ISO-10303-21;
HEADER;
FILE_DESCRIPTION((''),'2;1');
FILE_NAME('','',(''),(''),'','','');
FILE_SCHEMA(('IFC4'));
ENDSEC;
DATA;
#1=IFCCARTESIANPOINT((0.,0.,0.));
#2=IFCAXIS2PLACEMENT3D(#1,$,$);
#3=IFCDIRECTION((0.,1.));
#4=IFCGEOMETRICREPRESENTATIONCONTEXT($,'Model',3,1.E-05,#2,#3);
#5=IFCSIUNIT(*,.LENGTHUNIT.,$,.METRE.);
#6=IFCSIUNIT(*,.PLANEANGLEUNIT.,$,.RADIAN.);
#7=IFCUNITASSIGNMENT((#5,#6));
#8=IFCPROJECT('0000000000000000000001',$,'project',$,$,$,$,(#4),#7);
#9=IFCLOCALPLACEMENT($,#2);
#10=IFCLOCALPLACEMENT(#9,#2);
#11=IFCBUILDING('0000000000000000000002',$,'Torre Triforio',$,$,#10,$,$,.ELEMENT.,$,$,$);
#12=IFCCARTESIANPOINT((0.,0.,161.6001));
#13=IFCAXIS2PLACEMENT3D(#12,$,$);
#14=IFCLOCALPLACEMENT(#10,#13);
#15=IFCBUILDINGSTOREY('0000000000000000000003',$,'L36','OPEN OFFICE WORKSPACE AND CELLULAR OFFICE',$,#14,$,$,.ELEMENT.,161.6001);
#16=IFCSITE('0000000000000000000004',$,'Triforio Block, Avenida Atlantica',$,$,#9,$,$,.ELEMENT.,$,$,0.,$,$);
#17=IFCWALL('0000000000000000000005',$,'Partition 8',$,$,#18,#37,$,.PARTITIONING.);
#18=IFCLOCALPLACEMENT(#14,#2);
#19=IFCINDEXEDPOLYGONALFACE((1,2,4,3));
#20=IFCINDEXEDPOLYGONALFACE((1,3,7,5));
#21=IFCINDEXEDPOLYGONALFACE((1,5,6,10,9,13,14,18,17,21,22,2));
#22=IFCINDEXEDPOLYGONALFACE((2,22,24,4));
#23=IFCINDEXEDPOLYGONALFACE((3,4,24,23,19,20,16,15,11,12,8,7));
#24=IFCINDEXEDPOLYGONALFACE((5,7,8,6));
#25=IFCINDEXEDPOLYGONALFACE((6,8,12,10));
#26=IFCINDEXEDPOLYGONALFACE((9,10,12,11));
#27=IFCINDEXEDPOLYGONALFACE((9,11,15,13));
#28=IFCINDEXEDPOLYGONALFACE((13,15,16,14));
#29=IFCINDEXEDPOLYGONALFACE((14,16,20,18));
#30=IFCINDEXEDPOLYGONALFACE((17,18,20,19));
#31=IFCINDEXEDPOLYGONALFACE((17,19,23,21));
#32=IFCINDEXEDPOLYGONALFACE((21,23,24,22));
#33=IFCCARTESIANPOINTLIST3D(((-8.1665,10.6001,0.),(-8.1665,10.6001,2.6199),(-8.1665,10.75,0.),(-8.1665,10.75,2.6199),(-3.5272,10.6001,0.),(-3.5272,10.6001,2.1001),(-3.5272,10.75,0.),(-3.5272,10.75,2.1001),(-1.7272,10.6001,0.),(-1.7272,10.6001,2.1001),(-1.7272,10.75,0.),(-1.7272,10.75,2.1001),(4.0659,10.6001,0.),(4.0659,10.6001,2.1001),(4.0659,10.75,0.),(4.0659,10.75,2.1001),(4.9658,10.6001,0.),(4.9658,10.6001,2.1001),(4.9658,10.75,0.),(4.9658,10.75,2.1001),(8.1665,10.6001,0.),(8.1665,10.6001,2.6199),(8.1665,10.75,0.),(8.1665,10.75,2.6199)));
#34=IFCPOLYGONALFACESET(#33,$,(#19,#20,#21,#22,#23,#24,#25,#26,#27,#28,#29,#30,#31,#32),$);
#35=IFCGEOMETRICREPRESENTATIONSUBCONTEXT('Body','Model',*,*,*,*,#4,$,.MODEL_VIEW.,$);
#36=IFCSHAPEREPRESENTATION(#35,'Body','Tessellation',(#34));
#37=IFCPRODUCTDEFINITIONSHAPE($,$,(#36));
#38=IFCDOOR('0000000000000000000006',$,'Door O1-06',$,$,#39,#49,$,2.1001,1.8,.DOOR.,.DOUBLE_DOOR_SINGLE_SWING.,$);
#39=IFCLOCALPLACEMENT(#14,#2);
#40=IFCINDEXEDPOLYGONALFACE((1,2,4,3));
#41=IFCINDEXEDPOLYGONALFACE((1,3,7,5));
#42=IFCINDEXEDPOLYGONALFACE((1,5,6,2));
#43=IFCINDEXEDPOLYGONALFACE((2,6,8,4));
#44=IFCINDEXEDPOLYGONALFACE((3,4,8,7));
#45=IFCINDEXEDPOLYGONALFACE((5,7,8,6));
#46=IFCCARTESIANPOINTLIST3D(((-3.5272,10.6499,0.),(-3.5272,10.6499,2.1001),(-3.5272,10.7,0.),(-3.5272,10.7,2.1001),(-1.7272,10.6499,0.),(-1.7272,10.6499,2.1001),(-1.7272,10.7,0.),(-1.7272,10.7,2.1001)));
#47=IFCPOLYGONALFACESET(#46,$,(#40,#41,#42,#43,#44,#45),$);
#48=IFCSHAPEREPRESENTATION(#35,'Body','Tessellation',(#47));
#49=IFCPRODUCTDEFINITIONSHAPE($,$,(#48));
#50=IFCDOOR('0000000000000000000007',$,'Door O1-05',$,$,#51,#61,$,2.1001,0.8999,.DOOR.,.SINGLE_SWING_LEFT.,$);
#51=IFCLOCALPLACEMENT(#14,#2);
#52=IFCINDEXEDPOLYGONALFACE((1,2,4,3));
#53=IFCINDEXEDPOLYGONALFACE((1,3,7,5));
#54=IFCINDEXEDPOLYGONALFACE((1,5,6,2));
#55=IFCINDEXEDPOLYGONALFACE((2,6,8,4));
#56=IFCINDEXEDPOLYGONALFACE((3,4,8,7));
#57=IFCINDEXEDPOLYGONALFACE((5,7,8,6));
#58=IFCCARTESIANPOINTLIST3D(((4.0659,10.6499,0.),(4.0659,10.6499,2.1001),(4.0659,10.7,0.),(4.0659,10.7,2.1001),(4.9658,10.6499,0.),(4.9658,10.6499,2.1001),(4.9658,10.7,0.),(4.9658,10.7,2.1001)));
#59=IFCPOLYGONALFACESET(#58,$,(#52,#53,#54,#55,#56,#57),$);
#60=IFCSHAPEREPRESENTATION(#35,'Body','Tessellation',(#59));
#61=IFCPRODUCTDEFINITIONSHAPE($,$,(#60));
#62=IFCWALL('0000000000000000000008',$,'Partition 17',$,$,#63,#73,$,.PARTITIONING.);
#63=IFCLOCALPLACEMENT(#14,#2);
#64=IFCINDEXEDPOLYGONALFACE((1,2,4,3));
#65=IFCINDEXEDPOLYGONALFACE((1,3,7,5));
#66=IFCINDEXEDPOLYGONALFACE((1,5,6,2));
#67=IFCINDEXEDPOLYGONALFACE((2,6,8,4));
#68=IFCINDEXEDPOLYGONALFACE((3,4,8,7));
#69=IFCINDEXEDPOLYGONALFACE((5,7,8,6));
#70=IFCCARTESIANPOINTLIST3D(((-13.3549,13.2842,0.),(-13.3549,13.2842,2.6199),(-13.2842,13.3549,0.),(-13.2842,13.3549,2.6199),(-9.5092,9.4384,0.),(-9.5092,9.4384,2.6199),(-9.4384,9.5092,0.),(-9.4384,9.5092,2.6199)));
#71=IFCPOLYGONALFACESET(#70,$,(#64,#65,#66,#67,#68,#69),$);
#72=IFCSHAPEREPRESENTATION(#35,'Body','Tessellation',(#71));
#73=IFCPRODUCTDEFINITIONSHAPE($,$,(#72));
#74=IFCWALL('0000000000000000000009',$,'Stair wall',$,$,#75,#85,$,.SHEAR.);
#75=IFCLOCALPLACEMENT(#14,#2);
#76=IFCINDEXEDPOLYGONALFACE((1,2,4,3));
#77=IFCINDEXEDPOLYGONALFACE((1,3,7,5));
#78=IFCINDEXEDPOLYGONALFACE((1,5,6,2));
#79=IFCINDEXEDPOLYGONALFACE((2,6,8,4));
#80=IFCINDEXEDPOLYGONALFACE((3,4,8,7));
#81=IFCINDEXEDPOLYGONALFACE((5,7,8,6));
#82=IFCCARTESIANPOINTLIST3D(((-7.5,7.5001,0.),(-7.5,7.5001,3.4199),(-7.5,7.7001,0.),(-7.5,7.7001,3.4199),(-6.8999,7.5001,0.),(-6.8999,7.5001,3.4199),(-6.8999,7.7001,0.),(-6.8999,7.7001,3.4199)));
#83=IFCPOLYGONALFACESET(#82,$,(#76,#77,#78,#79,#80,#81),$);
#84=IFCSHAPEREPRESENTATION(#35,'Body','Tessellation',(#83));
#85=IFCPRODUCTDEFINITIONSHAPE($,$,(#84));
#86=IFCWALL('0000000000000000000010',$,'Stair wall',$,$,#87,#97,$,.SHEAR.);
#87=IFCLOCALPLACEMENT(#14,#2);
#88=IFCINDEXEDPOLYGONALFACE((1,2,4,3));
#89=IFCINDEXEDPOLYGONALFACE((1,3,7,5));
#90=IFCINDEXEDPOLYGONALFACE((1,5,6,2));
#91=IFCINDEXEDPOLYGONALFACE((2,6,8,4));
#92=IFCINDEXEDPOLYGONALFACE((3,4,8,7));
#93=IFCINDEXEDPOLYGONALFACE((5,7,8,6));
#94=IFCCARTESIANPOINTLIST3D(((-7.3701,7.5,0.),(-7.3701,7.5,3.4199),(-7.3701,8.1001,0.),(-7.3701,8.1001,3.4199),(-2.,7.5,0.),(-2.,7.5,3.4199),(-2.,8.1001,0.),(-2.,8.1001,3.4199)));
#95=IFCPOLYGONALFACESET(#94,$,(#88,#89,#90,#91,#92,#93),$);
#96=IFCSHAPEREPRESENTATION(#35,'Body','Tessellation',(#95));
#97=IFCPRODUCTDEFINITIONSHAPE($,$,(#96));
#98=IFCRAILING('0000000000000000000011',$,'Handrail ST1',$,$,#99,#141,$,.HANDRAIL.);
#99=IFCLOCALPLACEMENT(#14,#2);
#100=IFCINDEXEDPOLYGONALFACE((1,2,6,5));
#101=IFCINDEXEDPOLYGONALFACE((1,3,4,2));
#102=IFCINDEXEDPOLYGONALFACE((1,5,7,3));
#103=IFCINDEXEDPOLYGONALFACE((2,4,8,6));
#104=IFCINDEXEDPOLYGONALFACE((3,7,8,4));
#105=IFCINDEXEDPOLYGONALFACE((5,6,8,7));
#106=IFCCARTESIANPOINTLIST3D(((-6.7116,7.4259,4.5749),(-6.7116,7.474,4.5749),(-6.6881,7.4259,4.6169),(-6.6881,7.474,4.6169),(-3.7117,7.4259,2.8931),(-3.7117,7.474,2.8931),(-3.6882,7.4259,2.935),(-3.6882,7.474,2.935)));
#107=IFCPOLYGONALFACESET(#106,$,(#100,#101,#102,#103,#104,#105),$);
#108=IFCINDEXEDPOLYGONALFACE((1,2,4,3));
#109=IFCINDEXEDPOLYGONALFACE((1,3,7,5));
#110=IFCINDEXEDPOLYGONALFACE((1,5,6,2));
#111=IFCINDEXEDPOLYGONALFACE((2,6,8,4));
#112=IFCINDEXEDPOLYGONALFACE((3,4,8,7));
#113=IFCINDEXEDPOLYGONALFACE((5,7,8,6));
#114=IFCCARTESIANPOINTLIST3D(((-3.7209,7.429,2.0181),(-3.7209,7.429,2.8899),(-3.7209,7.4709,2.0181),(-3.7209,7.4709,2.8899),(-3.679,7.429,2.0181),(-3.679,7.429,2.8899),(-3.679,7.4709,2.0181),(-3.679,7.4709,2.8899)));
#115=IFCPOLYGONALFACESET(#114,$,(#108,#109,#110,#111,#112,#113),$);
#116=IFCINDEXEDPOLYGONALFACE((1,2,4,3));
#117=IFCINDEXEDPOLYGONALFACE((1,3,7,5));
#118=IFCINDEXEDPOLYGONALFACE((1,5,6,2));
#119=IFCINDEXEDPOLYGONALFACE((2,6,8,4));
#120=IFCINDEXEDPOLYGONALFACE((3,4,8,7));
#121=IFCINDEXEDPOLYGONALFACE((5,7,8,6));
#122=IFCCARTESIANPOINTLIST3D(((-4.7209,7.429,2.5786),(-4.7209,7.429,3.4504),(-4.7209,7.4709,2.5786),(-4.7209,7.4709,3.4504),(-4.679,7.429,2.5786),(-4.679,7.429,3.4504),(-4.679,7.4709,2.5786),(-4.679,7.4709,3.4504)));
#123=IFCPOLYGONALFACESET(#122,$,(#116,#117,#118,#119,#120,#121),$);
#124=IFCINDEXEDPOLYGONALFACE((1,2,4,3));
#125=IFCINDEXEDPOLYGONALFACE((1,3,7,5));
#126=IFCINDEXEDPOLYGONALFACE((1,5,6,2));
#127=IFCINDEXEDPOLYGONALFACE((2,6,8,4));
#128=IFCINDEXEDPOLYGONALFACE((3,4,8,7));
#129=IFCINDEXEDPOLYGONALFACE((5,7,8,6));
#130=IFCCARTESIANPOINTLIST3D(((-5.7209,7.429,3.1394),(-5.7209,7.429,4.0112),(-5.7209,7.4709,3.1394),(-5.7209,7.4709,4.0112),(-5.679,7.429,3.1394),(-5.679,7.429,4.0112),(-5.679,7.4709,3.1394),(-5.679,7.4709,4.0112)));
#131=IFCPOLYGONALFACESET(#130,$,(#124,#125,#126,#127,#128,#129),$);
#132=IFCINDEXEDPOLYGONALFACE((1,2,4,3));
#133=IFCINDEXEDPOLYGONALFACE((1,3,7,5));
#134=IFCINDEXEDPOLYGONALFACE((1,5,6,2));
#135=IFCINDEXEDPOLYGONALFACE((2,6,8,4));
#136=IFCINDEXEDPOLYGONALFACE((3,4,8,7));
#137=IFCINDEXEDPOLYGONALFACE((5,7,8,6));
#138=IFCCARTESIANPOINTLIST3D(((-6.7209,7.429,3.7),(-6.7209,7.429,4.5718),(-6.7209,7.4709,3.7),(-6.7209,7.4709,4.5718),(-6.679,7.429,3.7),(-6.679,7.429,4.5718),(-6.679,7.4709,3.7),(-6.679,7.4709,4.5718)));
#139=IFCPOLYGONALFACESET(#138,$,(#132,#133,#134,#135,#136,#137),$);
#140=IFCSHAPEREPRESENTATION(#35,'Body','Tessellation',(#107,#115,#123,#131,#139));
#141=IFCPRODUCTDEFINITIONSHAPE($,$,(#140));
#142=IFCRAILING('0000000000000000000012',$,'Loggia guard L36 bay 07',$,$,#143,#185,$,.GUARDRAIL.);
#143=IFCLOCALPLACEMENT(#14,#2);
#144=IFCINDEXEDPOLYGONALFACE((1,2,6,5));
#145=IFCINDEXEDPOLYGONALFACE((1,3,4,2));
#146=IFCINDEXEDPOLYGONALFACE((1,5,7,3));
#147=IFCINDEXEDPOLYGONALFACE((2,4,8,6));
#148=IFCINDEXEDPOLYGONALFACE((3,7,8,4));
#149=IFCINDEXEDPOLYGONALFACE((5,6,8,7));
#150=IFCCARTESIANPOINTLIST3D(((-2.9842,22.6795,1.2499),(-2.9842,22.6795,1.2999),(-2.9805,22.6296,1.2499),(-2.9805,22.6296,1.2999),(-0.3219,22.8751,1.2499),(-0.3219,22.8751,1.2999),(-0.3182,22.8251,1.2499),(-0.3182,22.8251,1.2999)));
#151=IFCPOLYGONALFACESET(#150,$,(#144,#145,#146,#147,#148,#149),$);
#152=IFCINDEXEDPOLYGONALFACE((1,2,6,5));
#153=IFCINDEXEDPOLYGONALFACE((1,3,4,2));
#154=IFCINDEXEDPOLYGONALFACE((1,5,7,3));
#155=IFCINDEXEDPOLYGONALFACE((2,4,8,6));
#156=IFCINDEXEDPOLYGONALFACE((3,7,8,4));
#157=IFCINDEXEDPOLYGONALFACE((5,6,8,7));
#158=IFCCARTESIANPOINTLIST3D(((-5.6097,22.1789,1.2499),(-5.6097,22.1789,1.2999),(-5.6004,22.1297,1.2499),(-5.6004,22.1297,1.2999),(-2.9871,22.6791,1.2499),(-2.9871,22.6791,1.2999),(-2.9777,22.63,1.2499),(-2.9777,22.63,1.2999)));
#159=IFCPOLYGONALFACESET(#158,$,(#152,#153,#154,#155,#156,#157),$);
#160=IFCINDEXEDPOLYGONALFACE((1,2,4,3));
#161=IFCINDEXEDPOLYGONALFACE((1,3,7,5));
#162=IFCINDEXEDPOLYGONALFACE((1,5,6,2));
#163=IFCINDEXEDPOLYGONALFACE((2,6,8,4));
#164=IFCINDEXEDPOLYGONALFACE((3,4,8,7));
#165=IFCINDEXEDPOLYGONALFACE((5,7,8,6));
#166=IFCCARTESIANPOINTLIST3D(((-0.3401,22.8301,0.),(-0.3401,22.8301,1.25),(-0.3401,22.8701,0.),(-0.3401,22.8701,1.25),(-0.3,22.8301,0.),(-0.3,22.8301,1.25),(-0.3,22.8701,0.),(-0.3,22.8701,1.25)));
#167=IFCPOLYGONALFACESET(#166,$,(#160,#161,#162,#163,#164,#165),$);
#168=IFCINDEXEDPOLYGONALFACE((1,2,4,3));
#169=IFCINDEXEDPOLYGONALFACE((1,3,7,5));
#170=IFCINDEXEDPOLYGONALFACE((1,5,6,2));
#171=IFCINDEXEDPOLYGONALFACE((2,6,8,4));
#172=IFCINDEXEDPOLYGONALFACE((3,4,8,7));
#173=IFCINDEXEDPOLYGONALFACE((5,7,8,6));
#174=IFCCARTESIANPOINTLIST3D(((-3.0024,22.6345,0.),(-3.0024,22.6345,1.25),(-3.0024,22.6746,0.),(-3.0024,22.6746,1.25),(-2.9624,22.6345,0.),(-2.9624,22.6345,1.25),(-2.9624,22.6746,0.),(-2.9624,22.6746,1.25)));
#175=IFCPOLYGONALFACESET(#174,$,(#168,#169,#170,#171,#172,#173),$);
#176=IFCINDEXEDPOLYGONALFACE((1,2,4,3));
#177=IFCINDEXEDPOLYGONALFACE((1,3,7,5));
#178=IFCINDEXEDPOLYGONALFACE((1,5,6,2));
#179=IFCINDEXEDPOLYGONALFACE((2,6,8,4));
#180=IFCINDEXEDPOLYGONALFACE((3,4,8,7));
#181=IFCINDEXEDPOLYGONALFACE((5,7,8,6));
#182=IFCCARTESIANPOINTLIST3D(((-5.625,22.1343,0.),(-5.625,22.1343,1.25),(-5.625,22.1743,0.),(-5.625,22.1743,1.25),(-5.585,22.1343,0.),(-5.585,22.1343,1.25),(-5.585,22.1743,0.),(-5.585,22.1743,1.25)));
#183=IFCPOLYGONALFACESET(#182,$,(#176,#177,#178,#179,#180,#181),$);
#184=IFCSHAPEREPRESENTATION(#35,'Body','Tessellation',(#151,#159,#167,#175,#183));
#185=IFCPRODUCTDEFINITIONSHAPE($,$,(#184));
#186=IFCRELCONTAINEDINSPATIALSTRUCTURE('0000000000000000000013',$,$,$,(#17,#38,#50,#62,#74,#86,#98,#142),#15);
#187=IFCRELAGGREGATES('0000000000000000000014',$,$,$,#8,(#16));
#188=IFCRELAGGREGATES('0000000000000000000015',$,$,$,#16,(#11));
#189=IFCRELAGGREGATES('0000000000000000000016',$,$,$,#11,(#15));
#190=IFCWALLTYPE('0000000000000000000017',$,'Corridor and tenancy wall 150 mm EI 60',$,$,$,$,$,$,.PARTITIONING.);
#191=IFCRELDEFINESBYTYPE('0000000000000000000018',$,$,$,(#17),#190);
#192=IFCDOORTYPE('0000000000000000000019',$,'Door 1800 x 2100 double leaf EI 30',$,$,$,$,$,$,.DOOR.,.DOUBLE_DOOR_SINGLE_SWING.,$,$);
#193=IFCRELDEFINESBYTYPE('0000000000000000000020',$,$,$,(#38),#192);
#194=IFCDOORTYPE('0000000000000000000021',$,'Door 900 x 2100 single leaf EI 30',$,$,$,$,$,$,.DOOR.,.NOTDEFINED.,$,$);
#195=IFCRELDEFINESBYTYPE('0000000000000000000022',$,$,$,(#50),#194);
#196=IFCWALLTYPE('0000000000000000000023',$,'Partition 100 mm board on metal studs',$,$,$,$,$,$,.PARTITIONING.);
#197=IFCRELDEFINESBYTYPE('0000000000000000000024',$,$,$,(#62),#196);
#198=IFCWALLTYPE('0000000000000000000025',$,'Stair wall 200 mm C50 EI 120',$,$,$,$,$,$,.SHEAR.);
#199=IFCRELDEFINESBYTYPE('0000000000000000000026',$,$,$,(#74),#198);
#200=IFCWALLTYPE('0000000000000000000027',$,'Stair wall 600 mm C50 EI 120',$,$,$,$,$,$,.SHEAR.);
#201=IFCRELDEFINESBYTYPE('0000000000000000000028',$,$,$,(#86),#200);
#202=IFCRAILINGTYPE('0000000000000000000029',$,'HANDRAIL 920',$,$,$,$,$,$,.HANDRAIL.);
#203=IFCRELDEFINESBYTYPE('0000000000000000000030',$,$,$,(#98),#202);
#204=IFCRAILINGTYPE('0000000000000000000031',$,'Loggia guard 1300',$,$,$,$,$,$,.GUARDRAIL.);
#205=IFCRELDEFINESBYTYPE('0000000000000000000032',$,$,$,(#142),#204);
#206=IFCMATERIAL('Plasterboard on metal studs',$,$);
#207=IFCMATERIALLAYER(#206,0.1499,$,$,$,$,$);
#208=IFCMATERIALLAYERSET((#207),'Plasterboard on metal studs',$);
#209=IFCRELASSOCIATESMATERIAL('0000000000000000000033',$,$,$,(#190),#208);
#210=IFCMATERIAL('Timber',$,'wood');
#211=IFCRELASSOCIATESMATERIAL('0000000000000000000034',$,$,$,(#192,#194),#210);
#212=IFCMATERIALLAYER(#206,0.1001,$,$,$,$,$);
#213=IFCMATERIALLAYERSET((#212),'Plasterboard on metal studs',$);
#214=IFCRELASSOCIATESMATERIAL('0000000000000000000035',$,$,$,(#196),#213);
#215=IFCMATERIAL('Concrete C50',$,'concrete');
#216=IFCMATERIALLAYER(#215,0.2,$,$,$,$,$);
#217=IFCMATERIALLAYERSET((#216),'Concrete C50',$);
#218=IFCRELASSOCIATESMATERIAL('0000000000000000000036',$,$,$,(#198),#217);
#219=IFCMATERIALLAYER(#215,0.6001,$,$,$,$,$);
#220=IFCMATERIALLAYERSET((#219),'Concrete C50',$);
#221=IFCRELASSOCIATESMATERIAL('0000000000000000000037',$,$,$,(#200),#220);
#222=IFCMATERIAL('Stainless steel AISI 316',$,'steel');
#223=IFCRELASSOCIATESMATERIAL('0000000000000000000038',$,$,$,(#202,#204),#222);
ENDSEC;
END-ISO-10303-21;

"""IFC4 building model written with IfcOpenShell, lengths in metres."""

from ifc_helpers import new_model, si_unit, direction, frame, frame_2d, origin, origin_2d, place, context, subcontext, project, spatial, rectangle, extrude, material, layer, layer_set, type_object, element, fill, save


model = new_model("IFC4")

# Units and contexts
model_context = context("Model", 3, precision=1e-05, world=origin(), true_north=direction((0.0, 1.0)))
body_context = subcontext(model_context, "Body", "Model", "MODEL_VIEW")
ifc_project = project(units=[si_unit("LENGTHUNIT", "METRE"), si_unit("PLANEANGLEUNIT", "RADIAN")], contexts=[model_context])

# Site, building, storey
site_placement = place(None, origin())
site = spatial("IfcSite", under=ifc_project, at=site_placement, Name="Triforio Block, Avenida Atlantica", CompositionType="ELEMENT", RefElevation=0.0)
building_placement = place(site_placement, origin())
building = spatial("IfcBuilding", under=site, at=building_placement, Name="Torre Triforio", CompositionType="ELEMENT")
storey_placement = place(building_placement, frame((0.0, 0.0, 161.6001)))
storey = spatial("IfcBuildingStorey", under=building, at=storey_placement, Name="L36", Description="OPEN OFFICE WORKSPACE AND CELLULAR OFFICE", CompositionType="ELEMENT", Elevation=161.6001)

# Shared definitions
ifc_material_1 = material(Name="Concrete C50", Category="concrete")

# Wall, openings, doors
ifc_material_2 = material(Name="Plasterboard on metal studs")
ifc_layer_1 = layer(ifc_material_2, 0.1499)
ifc_layer_set_1 = layer_set([ifc_layer_1], Name="Plasterboard on metal studs")
wall_type_1 = type_object("IfcWallType", Name="Corridor and tenancy wall 150 mm EI 60", PredefinedType="PARTITIONING", material=ifc_layer_set_1)
wall_1_placement = place(storey_placement, frame((-8.1665, 10.675, 0.0), z_axis=(0.0, 0.0, 1.0), x_axis=(1.0, 0.0, 0.0)))
wall_1 = element("IfcWall", 1, at=wall_1_placement, inside=storey, type_object=wall_type_1, Name="Partition 8", PredefinedType="PARTITIONING", context=body_context, shape_type="SweptSolid", body=[
    extrude(rectangle(XDim=16.333, YDim=0.1499, at=frame_2d((8.1665, 0.0))), origin(), (0.0, 0.0, 1.0), 2.6199),
])
opening_1_placement = place(wall_1_placement, frame((12.2324, 0.0, 0.0)))
opening_1 = element("IfcOpeningElement", 2, at=opening_1_placement, cuts=wall_1, PredefinedType="OPENING", context=body_context, shape_type="SweptSolid", body=[
    extrude(rectangle(XDim=0.8999, YDim=2.1001, at=frame_2d((0.45, 1.05))), frame((0.0, 0.085, 0.0), z_axis=(0.0, -1.0, 0.0), x_axis=(1.0, 0.0, 0.0)), (0.0, 0.0, 1.0), 0.1699),
])
opening_2_placement = place(wall_1_placement, frame((4.6394, 0.0, 0.0)))
opening_2 = element("IfcOpeningElement", 3, at=opening_2_placement, cuts=wall_1, PredefinedType="OPENING", context=body_context, shape_type="SweptSolid", body=[
    extrude(rectangle(XDim=1.8, YDim=2.1001, at=frame_2d((0.8999, 1.05))), frame((0.0, 0.085, 0.0), z_axis=(0.0, -1.0, 0.0), x_axis=(1.0, 0.0, 0.0)), (0.0, 0.0, 1.0), 0.1699),
])
ifc_material_3 = material(Name="Timber", Category="wood")
door_type_1 = type_object("IfcDoorType", Name="Door 1800 x 2100 double leaf EI 30", OperationType="DOUBLE_DOOR_SINGLE_SWING", PredefinedType="DOOR", material=ifc_material_3)
door_1_placement = place(opening_2_placement, origin())
door_1 = element("IfcDoor", 4, at=door_1_placement, inside=storey, type_object=door_type_1, Name="Door O1-06", OperationType="DOUBLE_DOOR_SINGLE_SWING", OverallHeight=2.1001, OverallWidth=1.8, PredefinedType="DOOR", context=body_context, shape_type="SweptSolid", body=[
    extrude(rectangle(XDim=1.8, YDim=2.1001, at=frame_2d((0.8999, 1.05))), frame((0.0, 0.0249, 0.0), z_axis=(0.0, -1.0, 0.0), x_axis=(1.0, 0.0, 0.0)), (0.0, 0.0, 1.0), 0.05),
])
fill(opening_2, door_1)
door_type_2 = type_object("IfcDoorType", Name="Door 900 x 2100 single leaf EI 30", OperationType="NOTDEFINED", PredefinedType="DOOR", material=ifc_material_3)
door_2_placement = place(opening_1_placement, origin())
door_2 = element("IfcDoor", 5, at=door_2_placement, inside=storey, type_object=door_type_2, Name="Door O1-05", OperationType="SINGLE_SWING_LEFT", OverallHeight=2.1001, OverallWidth=0.8999, PredefinedType="DOOR", context=body_context, shape_type="SweptSolid", body=[
    extrude(rectangle(XDim=0.8999, YDim=2.1001, at=frame_2d((0.45, 1.05))), frame((0.0, 0.0249, 0.0), z_axis=(0.0, -1.0, 0.0), x_axis=(1.0, 0.0, 0.0)), (0.0, 0.0, 1.0), 0.05),
])
fill(opening_1, door_2)

# Walls
ifc_layer_2 = layer(ifc_material_2, 0.1001)
ifc_layer_set_2 = layer_set([ifc_layer_2], Name="Plasterboard on metal studs")
wall_type_2 = type_object("IfcWallType", Name="Partition 100 mm board on metal studs", PredefinedType="PARTITIONING", material=ifc_layer_set_2)
wall_2_placement = place(storey_placement, frame((-9.4739, 9.4739, 0.0), z_axis=(0.0, 0.0, 1.0), x_axis=(-0.707107, 0.707107, 0.0)))
element("IfcWall", 6, at=wall_2_placement, inside=storey, type_object=wall_type_2, Name="Partition 17", PredefinedType="PARTITIONING", context=body_context, shape_type="SweptSolid", body=[
    extrude(rectangle(XDim=5.4387, YDim=0.1001, at=frame_2d((2.7192, 0.0))), origin(), (0.0, 0.0, 1.0), 2.6199),
])
ifc_layer_3 = layer(ifc_material_1, 0.2)
ifc_layer_set_3 = layer_set([ifc_layer_3], Name="Concrete C50")
wall_type_3 = type_object("IfcWallType", Name="Stair wall 200 mm C50 EI 120", PredefinedType="SHEAR", material=ifc_layer_set_3)
wall_3_placement = place(storey_placement, frame((-7.5, 7.6001, 0.0), z_axis=(0.0, 0.0, 1.0), x_axis=(1.0, 0.0, 0.0)))
element("IfcWall", 7, at=wall_3_placement, inside=storey, type_object=wall_type_3, Name="Stair wall", PredefinedType="SHEAR", context=body_context, shape_type="SweptSolid", body=[
    extrude(rectangle(XDim=0.6001, YDim=0.2, at=frame_2d((0.3, 0.0))), origin(), (0.0, 0.0, 1.0), 3.4199),
])
ifc_layer_4 = layer(ifc_material_1, 0.6001)
ifc_layer_set_4 = layer_set([ifc_layer_4], Name="Concrete C50")
wall_type_4 = type_object("IfcWallType", Name="Stair wall 600 mm C50 EI 120", PredefinedType="SHEAR", material=ifc_layer_set_4)
wall_4_placement = place(storey_placement, frame((-7.3701, 7.8, 0.0), z_axis=(0.0, 0.0, 1.0), x_axis=(1.0, 0.0, 0.0)))
element("IfcWall", 8, at=wall_4_placement, inside=storey, type_object=wall_type_4, Name="Stair wall", PredefinedType="SHEAR", context=body_context, shape_type="SweptSolid", body=[
    extrude(rectangle(XDim=5.3701, YDim=0.6001, at=frame_2d((2.6851, 0.0))), origin(), (0.0, 0.0, 1.0), 3.4199),
])

# Railings
ifc_material_4 = material(Name="Stainless steel AISI 316", Category="steel")
railing_type_1 = type_object("IfcRailingType", Name="HANDRAIL 920", PredefinedType="HANDRAIL", material=ifc_material_4)
railing_1_placement = place(storey_placement, frame((-3.7, 7.45, 2.0181)))
element("IfcRailing", 9, at=railing_1_placement, inside=storey, type_object=railing_type_1, Name="Handrail ST1", PredefinedType="HANDRAIL", context=body_context, shape_type="SweptSolid", body=[
    extrude(rectangle(XDim=0.0481, YDim=0.0481, at=origin_2d()), frame((0.0, 0.0, 0.896), z_axis=(-0.872272, 0.0, 0.48902), x_axis=(0.0, -1.0, 0.0)), (0.0, 0.0, 1.0), 3.4392),
    extrude(rectangle(XDim=0.042, YDim=0.042, at=origin_2d()), origin(), (0.0, 0.0, 1.0), 0.8718),
    extrude(rectangle(XDim=0.042, YDim=0.042, at=origin_2d()), frame((-1.0, 0.0, 0.5605)), (0.0, 0.0, 1.0), 0.8718),
    extrude(rectangle(XDim=0.042, YDim=0.042, at=origin_2d()), frame((-2.0, 0.0, 1.1213)), (0.0, 0.0, 1.0), 0.8718),
    extrude(rectangle(XDim=0.042, YDim=0.042, at=origin_2d()), frame((-3.0, 0.0, 1.6819)), (0.0, 0.0, 1.0), 0.8718),
])
railing_type_2 = type_object("IfcRailingType", Name="Loggia guard 1300", PredefinedType="GUARDRAIL", material=ifc_material_4)
railing_2_placement = place(storey_placement, frame((-0.3201, 22.8501, 0.0)))
element("IfcRailing", 10, at=railing_2_placement, inside=storey, type_object=railing_type_2, Name="Loggia guard L36 bay 07", PredefinedType="GUARDRAIL", context=body_context, shape_type="SweptSolid", body=[
    extrude(rectangle(XDim=0.05, YDim=0.05, at=origin_2d()), frame((0.0, 0.0, 1.2749), z_axis=(-0.997313, -0.073255, 0.0), x_axis=(0.073255, -0.997313, 0.0)), (0.0, 0.0, 1.0), 2.6694),
    extrude(rectangle(XDim=0.05, YDim=0.05, at=origin_2d()), frame((-2.6624, -0.1956, 1.2749), z_axis=(-0.98229, -0.187368, 0.0), x_axis=(0.187368, -0.98229, 0.0)), (0.0, 0.0, 1.0), 2.6699),
    extrude(rectangle(XDim=0.04, YDim=0.04, at=origin_2d()), origin(), (0.0, 0.0, 1.0), 1.25),
    extrude(rectangle(XDim=0.04, YDim=0.04, at=origin_2d()), frame((-2.6624, -0.1956, 0.0)), (0.0, 0.0, 1.0), 1.25),
    extrude(rectangle(XDim=0.04, YDim=0.04, at=origin_2d()), frame((-5.2849, -0.6958, 0.0)), (0.0, 0.0, 1.0), 1.25),
])

save(model, "model.ifc")
